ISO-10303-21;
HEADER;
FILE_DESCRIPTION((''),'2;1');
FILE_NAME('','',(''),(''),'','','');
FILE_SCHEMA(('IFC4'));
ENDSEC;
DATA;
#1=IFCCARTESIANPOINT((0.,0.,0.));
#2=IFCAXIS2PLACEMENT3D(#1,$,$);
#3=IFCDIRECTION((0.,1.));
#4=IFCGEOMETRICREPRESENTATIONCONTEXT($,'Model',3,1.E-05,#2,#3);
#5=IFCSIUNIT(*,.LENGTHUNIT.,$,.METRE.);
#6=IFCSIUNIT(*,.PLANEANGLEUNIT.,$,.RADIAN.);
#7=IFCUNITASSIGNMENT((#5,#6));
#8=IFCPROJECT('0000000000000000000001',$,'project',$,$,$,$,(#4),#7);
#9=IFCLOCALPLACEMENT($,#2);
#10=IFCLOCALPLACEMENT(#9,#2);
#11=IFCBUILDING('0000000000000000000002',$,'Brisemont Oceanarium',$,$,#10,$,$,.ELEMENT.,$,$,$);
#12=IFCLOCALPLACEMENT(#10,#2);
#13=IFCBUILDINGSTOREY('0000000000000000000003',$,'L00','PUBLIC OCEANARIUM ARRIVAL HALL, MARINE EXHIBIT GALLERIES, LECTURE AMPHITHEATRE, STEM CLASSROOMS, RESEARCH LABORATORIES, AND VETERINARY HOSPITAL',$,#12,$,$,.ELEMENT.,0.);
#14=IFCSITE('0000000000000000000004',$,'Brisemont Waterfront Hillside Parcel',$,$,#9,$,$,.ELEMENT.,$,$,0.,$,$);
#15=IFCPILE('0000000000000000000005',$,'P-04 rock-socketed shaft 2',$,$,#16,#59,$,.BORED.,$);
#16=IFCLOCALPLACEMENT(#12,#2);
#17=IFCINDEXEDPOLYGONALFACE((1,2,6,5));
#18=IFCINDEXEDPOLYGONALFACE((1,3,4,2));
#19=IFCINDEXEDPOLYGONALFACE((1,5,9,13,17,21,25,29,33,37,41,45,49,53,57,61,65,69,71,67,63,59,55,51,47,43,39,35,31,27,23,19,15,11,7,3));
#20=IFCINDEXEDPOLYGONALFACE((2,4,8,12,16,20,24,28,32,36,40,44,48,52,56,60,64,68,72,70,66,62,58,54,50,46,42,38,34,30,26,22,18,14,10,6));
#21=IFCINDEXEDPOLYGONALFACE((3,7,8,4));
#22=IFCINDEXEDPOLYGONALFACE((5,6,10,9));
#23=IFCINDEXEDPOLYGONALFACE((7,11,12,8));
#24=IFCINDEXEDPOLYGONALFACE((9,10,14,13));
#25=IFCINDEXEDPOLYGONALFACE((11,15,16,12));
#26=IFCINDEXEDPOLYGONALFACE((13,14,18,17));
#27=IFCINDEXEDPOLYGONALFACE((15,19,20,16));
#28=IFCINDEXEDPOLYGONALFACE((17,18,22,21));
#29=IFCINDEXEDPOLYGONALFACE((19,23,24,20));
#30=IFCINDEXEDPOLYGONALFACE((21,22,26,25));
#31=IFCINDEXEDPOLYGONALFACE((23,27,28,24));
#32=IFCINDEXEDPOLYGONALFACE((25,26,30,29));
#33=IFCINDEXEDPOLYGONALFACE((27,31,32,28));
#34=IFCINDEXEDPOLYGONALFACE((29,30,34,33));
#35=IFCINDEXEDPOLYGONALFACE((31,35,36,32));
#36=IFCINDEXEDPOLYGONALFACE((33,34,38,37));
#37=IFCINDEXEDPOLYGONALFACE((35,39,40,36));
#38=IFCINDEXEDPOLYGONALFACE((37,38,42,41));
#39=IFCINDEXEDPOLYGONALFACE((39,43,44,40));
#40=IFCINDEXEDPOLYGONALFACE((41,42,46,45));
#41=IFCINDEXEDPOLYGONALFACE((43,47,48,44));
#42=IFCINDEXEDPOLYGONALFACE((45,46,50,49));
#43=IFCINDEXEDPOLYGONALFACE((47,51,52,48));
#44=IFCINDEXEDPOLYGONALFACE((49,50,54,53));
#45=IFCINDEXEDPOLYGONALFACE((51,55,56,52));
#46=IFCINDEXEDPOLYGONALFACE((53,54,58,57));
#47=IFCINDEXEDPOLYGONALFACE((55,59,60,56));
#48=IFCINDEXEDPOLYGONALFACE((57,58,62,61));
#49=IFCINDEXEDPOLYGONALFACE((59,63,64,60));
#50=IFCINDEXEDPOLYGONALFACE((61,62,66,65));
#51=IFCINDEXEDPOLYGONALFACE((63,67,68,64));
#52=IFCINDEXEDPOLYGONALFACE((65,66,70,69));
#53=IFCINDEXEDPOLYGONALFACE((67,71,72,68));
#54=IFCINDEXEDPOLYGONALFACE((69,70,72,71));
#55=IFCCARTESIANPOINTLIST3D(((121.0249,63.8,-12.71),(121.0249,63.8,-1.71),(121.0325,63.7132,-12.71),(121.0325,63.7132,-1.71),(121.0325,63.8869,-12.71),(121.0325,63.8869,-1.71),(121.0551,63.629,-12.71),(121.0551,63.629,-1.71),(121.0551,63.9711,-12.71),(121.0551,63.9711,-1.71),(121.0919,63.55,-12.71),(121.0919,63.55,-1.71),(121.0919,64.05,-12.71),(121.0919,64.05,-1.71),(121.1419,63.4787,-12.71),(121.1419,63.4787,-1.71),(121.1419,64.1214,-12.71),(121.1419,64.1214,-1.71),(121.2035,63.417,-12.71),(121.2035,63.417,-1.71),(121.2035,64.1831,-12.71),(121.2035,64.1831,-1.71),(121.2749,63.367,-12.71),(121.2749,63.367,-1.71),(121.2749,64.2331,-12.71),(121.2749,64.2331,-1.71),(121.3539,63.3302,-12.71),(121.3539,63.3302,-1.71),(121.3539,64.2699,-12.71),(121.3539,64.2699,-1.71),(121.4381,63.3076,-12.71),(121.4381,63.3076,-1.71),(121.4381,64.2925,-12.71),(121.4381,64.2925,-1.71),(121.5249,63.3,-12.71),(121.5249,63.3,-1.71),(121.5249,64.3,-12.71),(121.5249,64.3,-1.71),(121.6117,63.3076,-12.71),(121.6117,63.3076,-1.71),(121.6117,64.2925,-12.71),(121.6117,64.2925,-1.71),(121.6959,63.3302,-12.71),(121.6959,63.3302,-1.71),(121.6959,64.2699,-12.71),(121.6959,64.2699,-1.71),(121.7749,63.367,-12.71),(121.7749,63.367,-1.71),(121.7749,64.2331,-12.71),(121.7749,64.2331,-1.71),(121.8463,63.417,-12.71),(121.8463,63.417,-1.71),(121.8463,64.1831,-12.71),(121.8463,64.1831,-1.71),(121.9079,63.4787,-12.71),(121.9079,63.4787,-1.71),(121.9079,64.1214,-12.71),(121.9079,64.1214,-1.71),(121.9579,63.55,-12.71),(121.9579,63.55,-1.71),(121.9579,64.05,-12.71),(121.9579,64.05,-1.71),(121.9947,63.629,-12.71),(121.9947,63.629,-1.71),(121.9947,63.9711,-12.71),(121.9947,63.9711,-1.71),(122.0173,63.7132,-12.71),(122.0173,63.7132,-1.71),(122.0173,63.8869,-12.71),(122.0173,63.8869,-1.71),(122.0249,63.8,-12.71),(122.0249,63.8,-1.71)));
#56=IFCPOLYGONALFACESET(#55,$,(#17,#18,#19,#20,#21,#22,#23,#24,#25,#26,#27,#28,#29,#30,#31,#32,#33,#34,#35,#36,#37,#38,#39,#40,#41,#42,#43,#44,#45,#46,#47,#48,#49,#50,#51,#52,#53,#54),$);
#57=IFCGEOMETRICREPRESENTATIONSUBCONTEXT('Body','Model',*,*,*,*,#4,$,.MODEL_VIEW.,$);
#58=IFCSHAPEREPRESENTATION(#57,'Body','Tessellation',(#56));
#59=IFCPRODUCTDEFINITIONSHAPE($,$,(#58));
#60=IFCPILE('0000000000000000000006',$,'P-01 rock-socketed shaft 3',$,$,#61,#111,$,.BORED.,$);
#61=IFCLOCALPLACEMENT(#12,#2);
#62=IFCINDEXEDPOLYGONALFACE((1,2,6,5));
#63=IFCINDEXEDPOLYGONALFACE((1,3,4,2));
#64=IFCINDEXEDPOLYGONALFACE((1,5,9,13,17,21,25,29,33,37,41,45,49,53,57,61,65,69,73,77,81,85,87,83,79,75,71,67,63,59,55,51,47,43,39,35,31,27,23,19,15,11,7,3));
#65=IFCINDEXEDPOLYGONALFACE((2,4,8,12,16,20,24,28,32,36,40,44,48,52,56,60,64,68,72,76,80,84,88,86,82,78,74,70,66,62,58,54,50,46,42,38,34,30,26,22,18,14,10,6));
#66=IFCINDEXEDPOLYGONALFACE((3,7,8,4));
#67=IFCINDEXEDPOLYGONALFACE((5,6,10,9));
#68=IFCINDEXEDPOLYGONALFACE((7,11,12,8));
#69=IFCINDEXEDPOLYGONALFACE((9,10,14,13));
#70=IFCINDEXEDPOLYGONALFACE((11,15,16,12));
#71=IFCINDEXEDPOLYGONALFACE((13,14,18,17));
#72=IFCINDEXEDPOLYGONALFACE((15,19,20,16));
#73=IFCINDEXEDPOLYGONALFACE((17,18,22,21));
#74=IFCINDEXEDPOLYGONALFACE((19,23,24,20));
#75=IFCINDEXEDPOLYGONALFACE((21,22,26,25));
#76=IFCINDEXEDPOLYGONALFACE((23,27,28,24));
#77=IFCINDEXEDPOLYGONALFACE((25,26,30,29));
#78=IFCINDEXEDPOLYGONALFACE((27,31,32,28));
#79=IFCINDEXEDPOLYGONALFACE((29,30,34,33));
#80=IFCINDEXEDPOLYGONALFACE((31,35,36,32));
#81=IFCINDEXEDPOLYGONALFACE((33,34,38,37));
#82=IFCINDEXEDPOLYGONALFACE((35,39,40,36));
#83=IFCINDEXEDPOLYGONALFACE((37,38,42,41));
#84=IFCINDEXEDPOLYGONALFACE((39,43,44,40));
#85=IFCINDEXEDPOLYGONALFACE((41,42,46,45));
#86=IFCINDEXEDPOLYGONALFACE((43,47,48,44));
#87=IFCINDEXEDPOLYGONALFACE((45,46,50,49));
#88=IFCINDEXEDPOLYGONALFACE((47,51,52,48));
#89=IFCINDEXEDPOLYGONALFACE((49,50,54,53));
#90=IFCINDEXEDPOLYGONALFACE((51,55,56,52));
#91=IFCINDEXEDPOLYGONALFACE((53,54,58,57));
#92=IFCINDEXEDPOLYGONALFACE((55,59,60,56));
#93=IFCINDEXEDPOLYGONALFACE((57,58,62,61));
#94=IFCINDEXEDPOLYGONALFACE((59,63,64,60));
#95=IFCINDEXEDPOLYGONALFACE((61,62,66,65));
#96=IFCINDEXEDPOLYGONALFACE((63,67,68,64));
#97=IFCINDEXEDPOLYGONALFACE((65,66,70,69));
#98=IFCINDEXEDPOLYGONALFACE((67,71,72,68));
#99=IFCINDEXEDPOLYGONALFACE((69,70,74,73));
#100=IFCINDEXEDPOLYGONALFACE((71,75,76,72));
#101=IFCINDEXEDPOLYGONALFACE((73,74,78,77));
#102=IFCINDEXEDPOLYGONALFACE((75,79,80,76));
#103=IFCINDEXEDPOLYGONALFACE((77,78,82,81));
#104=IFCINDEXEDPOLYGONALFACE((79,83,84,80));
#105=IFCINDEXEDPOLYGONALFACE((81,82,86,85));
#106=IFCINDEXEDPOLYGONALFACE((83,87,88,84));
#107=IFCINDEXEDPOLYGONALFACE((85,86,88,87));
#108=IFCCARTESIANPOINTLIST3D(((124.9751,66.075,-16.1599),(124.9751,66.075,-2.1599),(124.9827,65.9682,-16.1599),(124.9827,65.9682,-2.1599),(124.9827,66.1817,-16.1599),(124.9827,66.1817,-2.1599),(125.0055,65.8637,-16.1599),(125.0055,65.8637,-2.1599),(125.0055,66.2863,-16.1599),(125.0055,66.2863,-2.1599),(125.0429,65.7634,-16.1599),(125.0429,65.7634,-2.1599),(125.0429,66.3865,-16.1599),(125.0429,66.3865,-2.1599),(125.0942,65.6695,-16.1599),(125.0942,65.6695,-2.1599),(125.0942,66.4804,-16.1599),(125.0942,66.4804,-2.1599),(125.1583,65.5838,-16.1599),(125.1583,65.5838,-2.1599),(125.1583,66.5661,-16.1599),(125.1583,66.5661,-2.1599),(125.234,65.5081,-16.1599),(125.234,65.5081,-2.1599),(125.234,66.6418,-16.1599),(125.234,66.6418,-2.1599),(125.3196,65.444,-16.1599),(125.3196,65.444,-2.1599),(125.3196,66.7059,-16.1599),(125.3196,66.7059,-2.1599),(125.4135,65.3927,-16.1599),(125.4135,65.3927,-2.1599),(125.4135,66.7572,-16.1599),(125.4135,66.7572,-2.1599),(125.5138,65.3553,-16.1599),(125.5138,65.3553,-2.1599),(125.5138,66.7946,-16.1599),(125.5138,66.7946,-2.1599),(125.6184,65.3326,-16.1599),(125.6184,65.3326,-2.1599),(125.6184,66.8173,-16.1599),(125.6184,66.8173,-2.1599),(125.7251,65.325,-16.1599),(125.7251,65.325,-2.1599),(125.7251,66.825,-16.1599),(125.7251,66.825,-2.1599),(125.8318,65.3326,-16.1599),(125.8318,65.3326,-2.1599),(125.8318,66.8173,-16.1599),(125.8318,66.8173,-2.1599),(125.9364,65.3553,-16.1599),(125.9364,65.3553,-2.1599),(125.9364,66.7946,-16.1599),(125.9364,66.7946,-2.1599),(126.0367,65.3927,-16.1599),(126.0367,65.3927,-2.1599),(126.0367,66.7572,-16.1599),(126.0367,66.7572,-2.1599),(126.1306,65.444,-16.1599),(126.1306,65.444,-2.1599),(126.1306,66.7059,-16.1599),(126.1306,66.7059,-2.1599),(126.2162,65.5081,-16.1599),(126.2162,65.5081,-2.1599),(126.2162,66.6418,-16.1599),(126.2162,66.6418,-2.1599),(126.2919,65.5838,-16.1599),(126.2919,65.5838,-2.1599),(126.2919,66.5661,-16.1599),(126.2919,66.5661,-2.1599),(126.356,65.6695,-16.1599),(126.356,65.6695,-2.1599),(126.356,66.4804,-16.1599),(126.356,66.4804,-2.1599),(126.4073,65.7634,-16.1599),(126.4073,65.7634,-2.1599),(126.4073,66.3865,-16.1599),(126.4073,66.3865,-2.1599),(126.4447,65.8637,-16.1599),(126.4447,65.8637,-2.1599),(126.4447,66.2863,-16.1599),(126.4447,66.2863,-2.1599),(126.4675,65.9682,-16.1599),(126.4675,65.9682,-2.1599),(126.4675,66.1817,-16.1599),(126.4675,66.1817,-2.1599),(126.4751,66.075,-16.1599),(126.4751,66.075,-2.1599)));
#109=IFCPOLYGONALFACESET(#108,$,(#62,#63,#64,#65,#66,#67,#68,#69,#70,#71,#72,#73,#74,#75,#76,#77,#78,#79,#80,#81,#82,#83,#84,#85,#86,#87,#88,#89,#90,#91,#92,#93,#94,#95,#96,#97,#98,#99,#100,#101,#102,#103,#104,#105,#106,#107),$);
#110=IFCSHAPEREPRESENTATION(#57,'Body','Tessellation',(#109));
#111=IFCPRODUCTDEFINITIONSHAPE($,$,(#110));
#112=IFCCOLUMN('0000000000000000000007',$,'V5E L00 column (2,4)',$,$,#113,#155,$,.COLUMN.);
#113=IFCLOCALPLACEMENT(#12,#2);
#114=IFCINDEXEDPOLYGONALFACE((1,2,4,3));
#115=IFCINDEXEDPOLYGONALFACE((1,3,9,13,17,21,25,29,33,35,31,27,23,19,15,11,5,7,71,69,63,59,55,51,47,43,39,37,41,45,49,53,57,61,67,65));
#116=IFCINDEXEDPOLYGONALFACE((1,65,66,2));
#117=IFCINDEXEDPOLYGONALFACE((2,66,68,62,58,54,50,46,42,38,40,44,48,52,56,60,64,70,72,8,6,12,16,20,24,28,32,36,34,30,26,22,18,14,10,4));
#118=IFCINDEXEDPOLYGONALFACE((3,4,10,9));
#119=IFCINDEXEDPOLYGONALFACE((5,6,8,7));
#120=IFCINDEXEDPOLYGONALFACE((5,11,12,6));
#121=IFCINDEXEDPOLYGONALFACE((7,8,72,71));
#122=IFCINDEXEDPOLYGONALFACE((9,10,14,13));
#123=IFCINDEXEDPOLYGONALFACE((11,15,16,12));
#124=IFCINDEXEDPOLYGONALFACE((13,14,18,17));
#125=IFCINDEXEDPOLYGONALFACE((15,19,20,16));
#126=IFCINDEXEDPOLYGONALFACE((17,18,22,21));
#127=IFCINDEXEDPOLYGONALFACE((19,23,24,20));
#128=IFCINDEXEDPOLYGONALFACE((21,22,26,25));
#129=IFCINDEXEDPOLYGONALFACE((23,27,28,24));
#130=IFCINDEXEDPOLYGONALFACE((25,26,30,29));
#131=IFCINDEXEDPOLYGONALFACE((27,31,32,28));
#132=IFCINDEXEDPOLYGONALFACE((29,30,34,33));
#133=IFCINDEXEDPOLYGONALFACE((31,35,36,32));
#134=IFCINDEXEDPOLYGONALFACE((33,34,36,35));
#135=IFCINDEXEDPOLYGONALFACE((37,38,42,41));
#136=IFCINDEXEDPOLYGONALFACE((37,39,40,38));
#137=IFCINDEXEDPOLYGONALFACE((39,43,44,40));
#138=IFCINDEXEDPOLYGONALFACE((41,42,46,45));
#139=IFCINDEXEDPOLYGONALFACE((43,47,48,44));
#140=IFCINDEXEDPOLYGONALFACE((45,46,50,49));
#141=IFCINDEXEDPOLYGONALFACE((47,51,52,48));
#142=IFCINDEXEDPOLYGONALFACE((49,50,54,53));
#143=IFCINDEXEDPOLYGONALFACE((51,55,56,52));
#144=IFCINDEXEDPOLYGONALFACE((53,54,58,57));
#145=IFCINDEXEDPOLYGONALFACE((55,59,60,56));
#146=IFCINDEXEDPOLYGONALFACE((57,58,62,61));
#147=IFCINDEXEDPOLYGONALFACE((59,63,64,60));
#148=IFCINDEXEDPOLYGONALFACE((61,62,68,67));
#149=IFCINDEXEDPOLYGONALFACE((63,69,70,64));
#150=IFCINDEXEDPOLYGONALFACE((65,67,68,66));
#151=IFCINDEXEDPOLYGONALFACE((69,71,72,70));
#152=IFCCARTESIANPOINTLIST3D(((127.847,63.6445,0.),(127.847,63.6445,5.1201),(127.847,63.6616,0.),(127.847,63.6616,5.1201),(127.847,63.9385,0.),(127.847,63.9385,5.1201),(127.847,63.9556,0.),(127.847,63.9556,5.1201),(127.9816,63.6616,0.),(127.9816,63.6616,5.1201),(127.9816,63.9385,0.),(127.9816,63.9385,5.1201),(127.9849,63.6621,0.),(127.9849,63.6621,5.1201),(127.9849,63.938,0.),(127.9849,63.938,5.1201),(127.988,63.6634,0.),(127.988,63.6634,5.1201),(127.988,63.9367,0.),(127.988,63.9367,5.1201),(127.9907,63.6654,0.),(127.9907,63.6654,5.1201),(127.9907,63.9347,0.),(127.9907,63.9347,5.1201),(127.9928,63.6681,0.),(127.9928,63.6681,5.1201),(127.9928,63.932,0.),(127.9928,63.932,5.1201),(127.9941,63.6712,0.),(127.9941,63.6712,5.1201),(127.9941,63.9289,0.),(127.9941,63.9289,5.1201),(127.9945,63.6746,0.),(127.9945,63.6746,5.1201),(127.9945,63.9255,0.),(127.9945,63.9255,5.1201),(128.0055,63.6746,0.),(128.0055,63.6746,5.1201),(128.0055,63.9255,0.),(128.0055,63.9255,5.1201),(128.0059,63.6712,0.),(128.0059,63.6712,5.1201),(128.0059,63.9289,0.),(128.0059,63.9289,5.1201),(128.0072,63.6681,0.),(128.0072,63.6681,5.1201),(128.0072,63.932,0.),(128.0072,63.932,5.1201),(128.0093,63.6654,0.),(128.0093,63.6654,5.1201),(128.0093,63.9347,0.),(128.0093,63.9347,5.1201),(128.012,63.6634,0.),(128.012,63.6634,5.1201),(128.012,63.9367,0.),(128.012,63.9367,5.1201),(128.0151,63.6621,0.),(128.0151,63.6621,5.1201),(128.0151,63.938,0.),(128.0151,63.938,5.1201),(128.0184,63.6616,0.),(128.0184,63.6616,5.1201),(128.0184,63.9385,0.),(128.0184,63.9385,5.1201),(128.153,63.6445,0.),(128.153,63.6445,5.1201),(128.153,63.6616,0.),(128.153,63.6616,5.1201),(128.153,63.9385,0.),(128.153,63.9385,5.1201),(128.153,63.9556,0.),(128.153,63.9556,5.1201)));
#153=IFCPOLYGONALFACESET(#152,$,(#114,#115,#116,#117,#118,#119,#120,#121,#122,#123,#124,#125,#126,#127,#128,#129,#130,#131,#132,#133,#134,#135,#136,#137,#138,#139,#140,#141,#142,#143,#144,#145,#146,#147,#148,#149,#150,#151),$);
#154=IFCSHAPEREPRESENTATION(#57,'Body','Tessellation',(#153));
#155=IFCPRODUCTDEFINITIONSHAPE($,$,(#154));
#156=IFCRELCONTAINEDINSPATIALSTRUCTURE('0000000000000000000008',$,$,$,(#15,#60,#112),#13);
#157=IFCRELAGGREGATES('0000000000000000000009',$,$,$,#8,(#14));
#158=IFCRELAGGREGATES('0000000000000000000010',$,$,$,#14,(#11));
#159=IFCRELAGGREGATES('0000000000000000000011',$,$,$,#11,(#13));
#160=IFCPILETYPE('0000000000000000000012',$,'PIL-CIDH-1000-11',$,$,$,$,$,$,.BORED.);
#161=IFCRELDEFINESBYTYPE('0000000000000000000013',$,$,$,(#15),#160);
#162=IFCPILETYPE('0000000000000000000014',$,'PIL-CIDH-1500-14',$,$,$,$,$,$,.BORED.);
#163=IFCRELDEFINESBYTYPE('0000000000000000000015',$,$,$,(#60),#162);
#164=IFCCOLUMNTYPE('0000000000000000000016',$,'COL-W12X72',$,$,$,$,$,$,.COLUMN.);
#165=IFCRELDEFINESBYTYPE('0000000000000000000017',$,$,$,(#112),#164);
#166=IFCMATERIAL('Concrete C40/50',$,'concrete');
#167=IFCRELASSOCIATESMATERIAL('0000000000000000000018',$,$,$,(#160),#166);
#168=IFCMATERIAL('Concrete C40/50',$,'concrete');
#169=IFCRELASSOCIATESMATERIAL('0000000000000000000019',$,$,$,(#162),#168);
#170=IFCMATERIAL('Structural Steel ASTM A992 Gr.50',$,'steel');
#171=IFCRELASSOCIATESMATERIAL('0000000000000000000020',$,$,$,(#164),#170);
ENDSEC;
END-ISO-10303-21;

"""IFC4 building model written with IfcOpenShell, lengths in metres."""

from ifc_helpers import new_model, si_unit, direction, frame, origin, origin_2d, place, context, subcontext, project, spatial, circle, i_section, extrude, material, material_profile, profile_set, type_object, element, save


model = new_model("IFC4")

# Units and contexts
model_context = context("Model", 3, precision=1e-05, world=origin(), true_north=direction((0.0, 1.0)))
body_context = subcontext(model_context, "Body", "Model", "MODEL_VIEW")
ifc_project = project(units=[si_unit("LENGTHUNIT", "METRE"), si_unit("PLANEANGLEUNIT", "RADIAN")], contexts=[model_context])

# Site, building, storey
site_placement = place(None, origin())
site = spatial("IfcSite", under=ifc_project, at=site_placement, Name="Brisemont Waterfront Hillside Parcel", CompositionType="ELEMENT", RefElevation=0.0)
building_placement = place(site_placement, origin())
building = spatial("IfcBuilding", under=site, at=building_placement, Name="Brisemont Oceanarium", CompositionType="ELEMENT")
storey_placement = place(building_placement, origin())
storey = spatial("IfcBuildingStorey", under=building, at=storey_placement, Name="L00", Description="PUBLIC OCEANARIUM ARRIVAL HALL, MARINE EXHIBIT GALLERIES, LECTURE AMPHITHEATRE, STEM CLASSROOMS, RESEARCH LABORATORIES, AND VETERINARY HOSPITAL", CompositionType="ELEMENT", Elevation=0.0)

# Piles
ifc_material_1 = material(Name="Concrete C40/50", Category="concrete")
ifc_material_profile_1 = material_profile(ifc_material_1, circle(Radius=0.5, at=origin_2d()), Name="CIDH-D1000")
ifc_profile_set_1 = profile_set([ifc_material_profile_1], Name="Concrete C40/50")
pile_type_1 = type_object("IfcPileType", Name="PIL-CIDH-1000-11", PredefinedType="BORED", material=ifc_profile_set_1)
for number, where, z_axis, x_axis, name in (
    (1, (121.5249, 63.8, -1.71), (0.0, 0.0, -1.0), (1.0, 0.0, 0.0), "P-04 rock-socketed shaft 2"),
):
    element("IfcPile", number, at=place(storey_placement, frame(where, z_axis=z_axis, x_axis=x_axis)), inside=storey, type_object=pile_type_1, Name=name, PredefinedType="BORED", context=body_context, shape_type="SweptSolid", body=[
        extrude(circle(Radius=0.5, at=origin_2d()), origin(), (0.0, 0.0, 1.0), 11.0),
    ])
ifc_material_2 = material(Name="Concrete C40/50", Category="concrete")
ifc_material_profile_2 = material_profile(ifc_material_2, circle(Radius=0.75, at=origin_2d()), Name="CIDH-D1500")
ifc_profile_set_2 = profile_set([ifc_material_profile_2], Name="Concrete C40/50")
pile_type_2 = type_object("IfcPileType", Name="PIL-CIDH-1500-14", PredefinedType="BORED", material=ifc_profile_set_2)
pile_placement = place(storey_placement, frame((125.7251, 66.075, -2.1599), z_axis=(0.0, 0.0, -1.0), x_axis=(1.0, 0.0, 0.0)))
element("IfcPile", 2, at=pile_placement, inside=storey, type_object=pile_type_2, Name="P-01 rock-socketed shaft 3", PredefinedType="BORED", context=body_context, shape_type="SweptSolid", body=[
    extrude(circle(Radius=0.75, at=origin_2d()), origin(), (0.0, 0.0, 1.0), 14.0),
])

# Column
ifc_material_3 = material(Name="Structural Steel ASTM A992 Gr.50", Category="steel")
ifc_material_profile_3 = material_profile(ifc_material_3, i_section(OverallWidth=0.3059, OverallDepth=0.311, WebThickness=0.011, FlangeThickness=0.0171, FilletRadius=0.0129, at=origin_2d()), Name="W12X72")
ifc_profile_set_3 = profile_set([ifc_material_profile_3], Name="Structural Steel ASTM A992 Gr.50")
column_type_1 = type_object("IfcColumnType", Name="COL-W12X72", PredefinedType="COLUMN", material=ifc_profile_set_3)
column_1_placement = place(storey_placement, frame((128.0, 63.8, 0.0), z_axis=(0.0, 0.0, 1.0), x_axis=(1.0, 0.0, 0.0)))
element("IfcColumn", 3, at=column_1_placement, inside=storey, type_object=column_type_1, Name="V5E L00 column (2,4)", PredefinedType="COLUMN", context=body_context, shape_type="SweptSolid", body=[
    extrude(i_section(OverallWidth=0.3059, OverallDepth=0.311, WebThickness=0.011, FlangeThickness=0.0171, FilletRadius=0.0129, at=origin_2d()), origin(), (0.0, 0.0, 1.0), 5.1201),
])

save(model, "model.ifc")
